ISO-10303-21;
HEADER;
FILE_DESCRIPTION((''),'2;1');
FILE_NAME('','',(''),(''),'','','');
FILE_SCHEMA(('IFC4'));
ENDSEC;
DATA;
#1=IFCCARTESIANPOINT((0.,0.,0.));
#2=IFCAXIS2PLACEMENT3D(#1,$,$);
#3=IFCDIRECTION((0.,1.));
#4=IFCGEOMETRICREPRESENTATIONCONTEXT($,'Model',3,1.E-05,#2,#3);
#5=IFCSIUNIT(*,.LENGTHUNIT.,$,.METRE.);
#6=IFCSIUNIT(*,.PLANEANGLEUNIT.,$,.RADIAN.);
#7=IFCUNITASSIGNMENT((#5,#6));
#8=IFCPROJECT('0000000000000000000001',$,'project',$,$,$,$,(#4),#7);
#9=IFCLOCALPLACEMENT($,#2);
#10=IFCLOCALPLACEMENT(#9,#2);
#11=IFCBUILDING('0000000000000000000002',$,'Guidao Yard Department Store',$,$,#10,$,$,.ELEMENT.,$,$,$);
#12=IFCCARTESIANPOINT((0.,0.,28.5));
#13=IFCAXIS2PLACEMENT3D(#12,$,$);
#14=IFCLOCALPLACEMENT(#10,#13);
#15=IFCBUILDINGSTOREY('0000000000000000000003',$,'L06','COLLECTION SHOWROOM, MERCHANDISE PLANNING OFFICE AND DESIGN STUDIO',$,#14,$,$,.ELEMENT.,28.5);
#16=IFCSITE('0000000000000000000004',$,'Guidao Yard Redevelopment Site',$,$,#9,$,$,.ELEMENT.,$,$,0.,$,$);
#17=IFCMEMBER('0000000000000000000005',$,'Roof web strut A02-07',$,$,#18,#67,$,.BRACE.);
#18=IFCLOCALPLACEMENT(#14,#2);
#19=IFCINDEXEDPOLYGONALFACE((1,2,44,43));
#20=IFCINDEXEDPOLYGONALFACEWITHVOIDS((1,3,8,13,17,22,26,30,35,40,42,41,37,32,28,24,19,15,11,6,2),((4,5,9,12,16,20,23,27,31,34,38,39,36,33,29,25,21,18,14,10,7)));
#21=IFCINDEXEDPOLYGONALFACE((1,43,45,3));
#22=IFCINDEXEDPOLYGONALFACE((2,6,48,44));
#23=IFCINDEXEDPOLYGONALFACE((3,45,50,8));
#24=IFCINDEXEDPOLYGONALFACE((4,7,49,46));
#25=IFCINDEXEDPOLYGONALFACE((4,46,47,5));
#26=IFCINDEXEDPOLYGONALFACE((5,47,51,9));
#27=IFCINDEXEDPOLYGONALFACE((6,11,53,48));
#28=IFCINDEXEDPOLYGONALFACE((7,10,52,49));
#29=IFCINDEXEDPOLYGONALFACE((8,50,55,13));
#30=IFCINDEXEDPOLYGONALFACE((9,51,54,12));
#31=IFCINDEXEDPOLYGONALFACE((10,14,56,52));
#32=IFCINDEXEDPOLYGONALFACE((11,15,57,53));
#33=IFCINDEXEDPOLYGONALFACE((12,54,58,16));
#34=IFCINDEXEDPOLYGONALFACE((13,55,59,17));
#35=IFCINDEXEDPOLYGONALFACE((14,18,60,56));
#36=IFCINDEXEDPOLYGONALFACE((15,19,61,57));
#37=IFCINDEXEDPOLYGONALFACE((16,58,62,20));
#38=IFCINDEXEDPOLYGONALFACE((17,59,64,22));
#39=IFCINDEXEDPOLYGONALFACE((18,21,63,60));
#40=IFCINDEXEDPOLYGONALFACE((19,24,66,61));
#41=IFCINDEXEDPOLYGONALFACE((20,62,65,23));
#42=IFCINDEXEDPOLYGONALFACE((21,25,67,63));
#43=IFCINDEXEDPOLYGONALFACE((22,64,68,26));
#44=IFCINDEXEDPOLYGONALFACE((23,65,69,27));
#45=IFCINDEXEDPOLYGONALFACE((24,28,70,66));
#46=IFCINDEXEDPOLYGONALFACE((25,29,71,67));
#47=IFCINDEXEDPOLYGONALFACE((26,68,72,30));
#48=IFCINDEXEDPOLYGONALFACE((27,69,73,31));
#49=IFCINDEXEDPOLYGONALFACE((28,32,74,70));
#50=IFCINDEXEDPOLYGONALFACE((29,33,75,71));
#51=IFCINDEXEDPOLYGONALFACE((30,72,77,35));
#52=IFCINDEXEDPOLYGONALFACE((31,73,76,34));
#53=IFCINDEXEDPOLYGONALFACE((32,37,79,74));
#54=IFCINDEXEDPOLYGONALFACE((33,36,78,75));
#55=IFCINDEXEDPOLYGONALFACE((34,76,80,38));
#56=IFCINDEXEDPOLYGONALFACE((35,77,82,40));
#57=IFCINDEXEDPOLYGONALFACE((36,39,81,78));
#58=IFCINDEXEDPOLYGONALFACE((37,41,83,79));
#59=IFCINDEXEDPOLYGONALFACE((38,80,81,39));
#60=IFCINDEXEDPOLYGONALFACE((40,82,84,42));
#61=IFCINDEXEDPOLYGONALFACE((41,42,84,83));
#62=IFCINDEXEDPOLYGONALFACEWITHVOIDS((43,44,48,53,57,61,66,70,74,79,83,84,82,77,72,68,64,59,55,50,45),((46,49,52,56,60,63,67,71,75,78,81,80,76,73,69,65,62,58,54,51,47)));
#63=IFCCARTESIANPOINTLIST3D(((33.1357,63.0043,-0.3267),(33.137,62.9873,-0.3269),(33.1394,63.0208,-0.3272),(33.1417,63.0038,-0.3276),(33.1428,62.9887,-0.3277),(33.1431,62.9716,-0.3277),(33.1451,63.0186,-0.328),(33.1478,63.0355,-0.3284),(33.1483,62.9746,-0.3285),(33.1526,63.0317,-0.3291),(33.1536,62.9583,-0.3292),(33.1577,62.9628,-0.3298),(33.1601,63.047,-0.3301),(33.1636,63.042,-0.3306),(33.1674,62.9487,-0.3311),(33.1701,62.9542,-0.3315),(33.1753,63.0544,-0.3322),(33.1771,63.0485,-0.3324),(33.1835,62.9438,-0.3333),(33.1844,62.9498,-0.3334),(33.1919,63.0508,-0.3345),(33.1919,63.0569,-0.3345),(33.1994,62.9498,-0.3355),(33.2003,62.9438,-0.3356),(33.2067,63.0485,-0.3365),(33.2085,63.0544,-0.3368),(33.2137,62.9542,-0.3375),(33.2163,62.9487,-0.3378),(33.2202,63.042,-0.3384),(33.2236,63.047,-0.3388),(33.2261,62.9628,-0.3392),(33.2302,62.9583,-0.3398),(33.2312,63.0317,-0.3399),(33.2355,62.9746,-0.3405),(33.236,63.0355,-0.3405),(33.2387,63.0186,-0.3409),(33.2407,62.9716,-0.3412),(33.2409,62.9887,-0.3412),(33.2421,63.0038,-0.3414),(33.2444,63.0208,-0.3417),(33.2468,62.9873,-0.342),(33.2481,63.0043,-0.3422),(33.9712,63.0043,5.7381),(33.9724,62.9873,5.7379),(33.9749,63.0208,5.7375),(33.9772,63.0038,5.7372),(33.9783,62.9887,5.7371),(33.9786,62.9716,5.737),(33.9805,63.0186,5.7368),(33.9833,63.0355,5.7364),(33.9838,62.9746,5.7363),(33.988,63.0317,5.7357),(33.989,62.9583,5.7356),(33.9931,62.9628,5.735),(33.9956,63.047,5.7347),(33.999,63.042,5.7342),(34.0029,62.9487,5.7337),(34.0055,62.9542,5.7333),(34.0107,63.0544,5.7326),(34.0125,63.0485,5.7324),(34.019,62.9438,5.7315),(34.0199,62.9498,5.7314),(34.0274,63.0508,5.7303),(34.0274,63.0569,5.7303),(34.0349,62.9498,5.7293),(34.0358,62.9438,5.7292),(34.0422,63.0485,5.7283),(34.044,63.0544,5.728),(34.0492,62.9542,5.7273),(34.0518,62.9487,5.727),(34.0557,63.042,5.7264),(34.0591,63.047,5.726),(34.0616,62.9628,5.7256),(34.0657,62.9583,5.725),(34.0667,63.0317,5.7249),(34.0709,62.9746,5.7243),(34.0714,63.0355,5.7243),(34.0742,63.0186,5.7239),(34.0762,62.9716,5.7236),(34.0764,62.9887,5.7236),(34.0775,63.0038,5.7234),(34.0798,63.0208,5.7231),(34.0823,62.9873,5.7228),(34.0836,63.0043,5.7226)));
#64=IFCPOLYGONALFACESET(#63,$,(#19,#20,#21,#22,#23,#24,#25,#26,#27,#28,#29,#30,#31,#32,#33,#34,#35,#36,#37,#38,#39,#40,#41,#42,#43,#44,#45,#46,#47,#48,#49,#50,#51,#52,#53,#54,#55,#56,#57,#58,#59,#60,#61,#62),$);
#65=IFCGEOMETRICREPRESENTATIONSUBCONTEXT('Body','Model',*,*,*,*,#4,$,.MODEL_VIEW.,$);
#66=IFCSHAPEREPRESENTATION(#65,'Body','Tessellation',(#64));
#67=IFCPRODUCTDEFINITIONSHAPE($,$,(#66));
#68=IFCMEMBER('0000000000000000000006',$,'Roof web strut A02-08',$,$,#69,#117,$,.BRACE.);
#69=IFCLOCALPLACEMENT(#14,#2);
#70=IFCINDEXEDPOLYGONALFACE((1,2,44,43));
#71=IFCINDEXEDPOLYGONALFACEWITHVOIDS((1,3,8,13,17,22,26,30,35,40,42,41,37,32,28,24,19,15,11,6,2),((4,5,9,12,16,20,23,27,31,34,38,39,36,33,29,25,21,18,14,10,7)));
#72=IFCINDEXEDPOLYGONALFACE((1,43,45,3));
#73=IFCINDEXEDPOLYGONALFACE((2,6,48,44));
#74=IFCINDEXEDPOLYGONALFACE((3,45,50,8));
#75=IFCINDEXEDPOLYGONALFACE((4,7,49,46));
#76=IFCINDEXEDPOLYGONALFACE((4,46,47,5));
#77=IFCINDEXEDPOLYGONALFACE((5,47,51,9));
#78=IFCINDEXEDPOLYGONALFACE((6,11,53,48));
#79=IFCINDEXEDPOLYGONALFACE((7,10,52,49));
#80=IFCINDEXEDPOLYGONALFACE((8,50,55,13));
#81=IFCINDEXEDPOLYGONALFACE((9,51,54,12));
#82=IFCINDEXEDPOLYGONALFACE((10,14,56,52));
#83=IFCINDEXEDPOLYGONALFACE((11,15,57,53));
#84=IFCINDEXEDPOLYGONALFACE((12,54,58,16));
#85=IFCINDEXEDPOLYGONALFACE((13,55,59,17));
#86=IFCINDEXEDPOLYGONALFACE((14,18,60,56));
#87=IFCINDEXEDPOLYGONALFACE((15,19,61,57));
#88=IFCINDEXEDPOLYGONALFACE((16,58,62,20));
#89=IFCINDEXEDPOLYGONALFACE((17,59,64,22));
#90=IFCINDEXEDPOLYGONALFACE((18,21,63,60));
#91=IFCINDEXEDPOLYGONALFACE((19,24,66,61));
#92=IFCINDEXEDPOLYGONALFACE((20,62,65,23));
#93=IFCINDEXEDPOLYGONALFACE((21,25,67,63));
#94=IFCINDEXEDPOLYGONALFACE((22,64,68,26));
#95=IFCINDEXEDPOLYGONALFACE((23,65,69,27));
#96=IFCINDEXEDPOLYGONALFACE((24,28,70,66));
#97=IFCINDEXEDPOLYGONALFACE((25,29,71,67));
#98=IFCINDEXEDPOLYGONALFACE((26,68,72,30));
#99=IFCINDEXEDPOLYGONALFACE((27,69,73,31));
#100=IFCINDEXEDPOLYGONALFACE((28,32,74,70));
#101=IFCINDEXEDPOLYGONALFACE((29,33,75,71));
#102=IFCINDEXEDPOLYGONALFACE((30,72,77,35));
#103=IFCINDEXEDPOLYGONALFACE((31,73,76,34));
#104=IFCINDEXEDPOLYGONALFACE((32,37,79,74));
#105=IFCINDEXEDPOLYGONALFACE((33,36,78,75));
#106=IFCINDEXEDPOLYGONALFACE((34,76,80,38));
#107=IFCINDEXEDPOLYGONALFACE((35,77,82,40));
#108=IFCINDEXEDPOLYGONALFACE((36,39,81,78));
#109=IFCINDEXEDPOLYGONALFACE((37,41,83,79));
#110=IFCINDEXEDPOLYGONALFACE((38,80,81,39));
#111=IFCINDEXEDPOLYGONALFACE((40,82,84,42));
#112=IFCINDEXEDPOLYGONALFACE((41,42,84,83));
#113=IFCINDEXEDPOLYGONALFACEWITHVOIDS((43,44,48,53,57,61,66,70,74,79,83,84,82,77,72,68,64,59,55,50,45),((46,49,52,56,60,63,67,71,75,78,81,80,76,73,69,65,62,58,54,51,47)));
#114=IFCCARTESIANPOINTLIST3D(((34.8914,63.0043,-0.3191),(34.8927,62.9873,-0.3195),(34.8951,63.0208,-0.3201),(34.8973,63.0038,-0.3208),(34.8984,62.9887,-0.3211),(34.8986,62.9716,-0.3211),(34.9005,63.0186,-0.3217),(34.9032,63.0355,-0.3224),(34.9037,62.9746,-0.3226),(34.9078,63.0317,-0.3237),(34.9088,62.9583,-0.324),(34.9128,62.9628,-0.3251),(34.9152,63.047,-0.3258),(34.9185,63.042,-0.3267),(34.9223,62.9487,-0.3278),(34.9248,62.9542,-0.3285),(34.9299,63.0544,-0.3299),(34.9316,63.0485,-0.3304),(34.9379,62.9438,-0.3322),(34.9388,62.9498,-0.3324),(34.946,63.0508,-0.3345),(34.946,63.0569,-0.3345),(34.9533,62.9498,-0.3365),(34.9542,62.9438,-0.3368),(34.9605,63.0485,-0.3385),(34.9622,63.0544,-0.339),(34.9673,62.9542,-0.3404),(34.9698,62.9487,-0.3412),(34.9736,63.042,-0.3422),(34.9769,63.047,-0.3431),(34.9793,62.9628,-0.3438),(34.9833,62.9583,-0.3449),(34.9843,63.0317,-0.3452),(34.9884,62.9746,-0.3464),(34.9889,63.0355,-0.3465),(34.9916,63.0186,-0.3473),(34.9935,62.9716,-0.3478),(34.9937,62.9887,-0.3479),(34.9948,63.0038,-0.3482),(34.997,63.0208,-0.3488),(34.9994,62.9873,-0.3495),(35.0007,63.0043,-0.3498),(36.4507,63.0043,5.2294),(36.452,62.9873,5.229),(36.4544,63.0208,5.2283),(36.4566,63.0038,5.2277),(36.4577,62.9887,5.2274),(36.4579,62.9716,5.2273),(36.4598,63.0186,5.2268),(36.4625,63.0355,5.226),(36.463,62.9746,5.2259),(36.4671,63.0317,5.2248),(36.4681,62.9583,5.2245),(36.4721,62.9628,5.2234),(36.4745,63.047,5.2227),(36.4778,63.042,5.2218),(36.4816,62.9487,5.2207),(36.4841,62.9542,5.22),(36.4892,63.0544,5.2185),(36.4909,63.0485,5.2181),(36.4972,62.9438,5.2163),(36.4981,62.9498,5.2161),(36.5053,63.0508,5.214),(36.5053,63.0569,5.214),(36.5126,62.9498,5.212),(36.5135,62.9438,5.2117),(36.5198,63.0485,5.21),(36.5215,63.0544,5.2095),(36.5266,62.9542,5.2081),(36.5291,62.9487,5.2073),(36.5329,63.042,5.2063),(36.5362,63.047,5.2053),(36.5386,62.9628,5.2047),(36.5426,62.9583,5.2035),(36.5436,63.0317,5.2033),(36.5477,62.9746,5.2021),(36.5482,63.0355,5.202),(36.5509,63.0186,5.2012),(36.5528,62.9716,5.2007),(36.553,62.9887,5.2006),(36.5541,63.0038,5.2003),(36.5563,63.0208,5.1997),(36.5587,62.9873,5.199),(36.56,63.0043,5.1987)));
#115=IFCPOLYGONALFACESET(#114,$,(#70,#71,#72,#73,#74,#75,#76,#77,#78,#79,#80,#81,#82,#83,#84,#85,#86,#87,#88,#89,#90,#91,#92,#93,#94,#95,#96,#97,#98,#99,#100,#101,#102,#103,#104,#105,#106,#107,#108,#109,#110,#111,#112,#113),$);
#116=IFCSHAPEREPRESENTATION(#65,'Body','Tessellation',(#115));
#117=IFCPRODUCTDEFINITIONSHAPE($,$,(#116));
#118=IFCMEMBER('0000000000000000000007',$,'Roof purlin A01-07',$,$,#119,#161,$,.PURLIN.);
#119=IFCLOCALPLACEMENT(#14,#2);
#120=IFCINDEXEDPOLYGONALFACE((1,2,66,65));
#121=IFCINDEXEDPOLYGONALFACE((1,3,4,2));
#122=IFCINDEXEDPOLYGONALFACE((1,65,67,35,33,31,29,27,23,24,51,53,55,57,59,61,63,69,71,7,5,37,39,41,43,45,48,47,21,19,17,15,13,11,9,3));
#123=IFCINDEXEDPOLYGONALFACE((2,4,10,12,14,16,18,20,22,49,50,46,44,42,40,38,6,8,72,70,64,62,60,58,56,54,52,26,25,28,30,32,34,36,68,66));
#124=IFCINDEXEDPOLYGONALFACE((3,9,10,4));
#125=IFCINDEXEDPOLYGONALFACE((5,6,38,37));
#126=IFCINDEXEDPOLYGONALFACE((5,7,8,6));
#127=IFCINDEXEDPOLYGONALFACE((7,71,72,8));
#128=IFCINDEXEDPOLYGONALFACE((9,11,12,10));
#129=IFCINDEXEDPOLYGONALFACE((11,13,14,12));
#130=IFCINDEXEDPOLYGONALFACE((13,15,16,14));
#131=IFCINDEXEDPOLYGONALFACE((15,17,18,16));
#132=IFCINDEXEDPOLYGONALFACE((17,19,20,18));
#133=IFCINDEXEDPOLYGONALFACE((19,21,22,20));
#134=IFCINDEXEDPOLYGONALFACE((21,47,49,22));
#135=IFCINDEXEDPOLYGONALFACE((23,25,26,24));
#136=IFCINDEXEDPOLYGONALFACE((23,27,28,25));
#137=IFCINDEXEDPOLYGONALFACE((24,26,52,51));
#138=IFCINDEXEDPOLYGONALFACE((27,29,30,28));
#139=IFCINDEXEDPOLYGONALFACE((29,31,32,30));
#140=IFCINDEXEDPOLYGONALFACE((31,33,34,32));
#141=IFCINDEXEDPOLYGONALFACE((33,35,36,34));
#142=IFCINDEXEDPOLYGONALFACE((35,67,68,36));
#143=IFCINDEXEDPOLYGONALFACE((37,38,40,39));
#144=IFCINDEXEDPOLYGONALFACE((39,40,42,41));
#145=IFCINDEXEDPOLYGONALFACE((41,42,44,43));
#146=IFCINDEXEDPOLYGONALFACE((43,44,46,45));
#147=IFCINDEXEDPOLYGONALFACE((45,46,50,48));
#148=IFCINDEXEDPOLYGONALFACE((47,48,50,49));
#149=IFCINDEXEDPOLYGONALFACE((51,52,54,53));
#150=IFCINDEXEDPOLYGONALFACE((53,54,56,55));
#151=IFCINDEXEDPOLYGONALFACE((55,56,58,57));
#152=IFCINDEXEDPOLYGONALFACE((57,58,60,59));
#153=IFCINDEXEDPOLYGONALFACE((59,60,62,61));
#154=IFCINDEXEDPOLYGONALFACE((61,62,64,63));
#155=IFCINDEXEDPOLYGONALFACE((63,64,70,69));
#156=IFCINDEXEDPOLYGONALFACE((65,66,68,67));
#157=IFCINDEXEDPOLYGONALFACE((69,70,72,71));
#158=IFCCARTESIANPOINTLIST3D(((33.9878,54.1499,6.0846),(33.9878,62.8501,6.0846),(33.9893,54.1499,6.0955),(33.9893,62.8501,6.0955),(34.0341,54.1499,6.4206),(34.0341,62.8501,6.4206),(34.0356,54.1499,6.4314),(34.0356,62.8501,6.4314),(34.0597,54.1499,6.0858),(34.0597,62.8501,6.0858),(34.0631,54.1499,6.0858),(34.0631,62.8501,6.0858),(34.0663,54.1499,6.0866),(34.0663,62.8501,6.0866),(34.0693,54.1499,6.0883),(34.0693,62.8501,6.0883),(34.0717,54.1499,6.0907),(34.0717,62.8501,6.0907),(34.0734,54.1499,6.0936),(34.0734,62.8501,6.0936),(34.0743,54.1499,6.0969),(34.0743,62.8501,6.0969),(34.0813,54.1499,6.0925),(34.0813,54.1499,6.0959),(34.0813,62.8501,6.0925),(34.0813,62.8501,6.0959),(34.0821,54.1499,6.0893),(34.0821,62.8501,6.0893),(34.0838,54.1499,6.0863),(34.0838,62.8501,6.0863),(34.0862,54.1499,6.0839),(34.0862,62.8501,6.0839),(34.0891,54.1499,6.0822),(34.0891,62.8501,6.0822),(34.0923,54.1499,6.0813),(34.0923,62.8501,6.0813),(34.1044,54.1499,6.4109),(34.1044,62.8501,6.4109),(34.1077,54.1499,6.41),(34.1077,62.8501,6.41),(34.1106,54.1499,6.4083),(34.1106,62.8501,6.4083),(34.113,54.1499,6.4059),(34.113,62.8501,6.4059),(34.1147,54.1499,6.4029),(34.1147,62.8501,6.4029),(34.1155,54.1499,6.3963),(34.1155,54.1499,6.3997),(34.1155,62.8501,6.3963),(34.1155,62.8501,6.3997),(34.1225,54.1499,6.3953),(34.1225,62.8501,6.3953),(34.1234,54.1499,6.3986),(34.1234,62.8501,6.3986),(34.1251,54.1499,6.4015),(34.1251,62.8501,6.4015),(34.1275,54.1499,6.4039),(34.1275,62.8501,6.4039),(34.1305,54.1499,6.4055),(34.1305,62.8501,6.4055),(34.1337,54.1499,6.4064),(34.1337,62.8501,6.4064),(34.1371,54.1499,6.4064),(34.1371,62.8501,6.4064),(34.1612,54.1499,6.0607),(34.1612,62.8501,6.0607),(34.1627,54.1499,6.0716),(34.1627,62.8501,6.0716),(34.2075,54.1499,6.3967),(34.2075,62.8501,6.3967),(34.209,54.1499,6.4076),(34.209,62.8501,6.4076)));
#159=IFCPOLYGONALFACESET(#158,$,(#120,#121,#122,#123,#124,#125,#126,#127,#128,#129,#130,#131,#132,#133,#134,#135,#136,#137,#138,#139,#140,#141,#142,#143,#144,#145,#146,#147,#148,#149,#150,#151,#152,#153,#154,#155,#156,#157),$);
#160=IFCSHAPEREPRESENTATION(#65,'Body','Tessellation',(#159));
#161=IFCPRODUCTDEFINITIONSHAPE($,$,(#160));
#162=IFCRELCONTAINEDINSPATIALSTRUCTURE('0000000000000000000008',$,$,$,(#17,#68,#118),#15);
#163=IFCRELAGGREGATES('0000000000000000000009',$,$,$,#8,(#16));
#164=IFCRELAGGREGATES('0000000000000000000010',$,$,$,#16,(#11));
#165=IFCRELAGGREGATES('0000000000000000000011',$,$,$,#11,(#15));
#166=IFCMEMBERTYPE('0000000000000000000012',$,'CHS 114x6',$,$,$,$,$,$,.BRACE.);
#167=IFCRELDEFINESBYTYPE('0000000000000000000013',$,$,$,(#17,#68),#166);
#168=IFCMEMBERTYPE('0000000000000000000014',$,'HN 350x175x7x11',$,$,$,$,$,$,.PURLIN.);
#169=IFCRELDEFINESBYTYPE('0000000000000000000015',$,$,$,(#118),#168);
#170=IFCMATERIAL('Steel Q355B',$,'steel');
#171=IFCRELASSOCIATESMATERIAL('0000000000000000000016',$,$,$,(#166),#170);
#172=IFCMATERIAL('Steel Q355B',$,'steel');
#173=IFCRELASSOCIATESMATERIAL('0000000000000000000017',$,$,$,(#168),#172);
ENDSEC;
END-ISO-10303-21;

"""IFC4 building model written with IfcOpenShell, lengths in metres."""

from ifc_helpers import new_model, si_unit, direction, frame, origin, origin_2d, place, context, subcontext, project, spatial, hollow_circle, i_section, extrude, material, material_profile, profile_set, type_object, element, save


model = new_model("IFC4")

# Units and contexts
model_context = context("Model", 3, precision=1e-05, world=origin(), true_north=direction((0.0, 1.0)))
body_context = subcontext(model_context, "Body", "Model", "MODEL_VIEW")
ifc_project = project(units=[si_unit("LENGTHUNIT", "METRE"), si_unit("PLANEANGLEUNIT", "RADIAN")], contexts=[model_context])

# Site, building, storey
site_placement = place(None, origin())
site = spatial("IfcSite", under=ifc_project, at=site_placement, Name="Guidao Yard Redevelopment Site", CompositionType="ELEMENT", RefElevation=0.0)
building_placement = place(site_placement, origin())
building = spatial("IfcBuilding", under=site, at=building_placement, Name="Guidao Yard Department Store", CompositionType="ELEMENT")
storey_placement = place(building_placement, frame((0.0, 0.0, 28.5)))
storey = spatial("IfcBuildingStorey", under=building, at=storey_placement, Name="L06", Description="COLLECTION SHOWROOM, MERCHANDISE PLANNING OFFICE AND DESIGN STUDIO", CompositionType="ELEMENT", Elevation=28.5)

# Members
ifc_material_1 = material(Name="Steel Q355B", Category="steel")
ifc_material_profile_1 = material_profile(ifc_material_1, hollow_circle(Radius=0.0569, WallThickness=0.0061, at=origin_2d()), Name="CHS 114x6")
ifc_profile_set_1 = profile_set([ifc_material_profile_1], Name="Steel Q355B")
member_type_1 = type_object("IfcMemberType", Name="CHS 114x6", PredefinedType="BRACE", material=ifc_profile_set_1)
member_1_placement = place(storey_placement, frame((33.1919, 63.0, -0.3345), z_axis=(0.136467, 0.0, 0.990645), x_axis=(0.0, 1.0, 0.0)))
element("IfcMember", 1, at=member_1_placement, inside=storey, type_object=member_type_1, Name="Roof web strut A02-07", PredefinedType="BRACE", context=body_context, shape_type="SweptSolid", body=[
    extrude(hollow_circle(Radius=0.0569, WallThickness=0.0061, at=origin_2d()), origin(), (0.0, 0.0, 1.0), 6.1221),
])
member_2_placement = place(storey_placement, frame((34.946, 63.0, -0.3345), z_axis=(0.270551, 0.0, 0.962706), x_axis=(0.0, 1.0, 0.0)))
element("IfcMember", 2, at=member_2_placement, inside=storey, type_object=member_type_1, Name="Roof web strut A02-08", PredefinedType="BRACE", context=body_context, shape_type="SweptSolid", body=[
    extrude(hollow_circle(Radius=0.0569, WallThickness=0.0061, at=origin_2d()), origin(), (0.0, 0.0, 1.0), 5.7634),
])
ifc_material_2 = material(Name="Steel Q355B", Category="steel")
ifc_material_profile_2 = material_profile(ifc_material_2, i_section(OverallWidth=0.175, OverallDepth=0.3501, WebThickness=0.0071, FlangeThickness=0.011, FilletRadius=0.0129, at=origin_2d()), Name="HN 350x175x7x11")
ifc_profile_set_2 = profile_set([ifc_material_profile_2], Name="Steel Q355B")
member_type_2 = type_object("IfcMemberType", Name="HN 350x175x7x11", PredefinedType="PURLIN", material=ifc_profile_set_2)
for number, where, z_axis, x_axis, name in (
    (3, (34.0984, 54.1499, 6.2461), (0.0, 1.0, 0.0), (-0.990647, 0.0, 0.136449), "Roof purlin A01-07"),
):
    element("IfcMember", number, at=place(storey_placement, frame(where, z_axis=z_axis, x_axis=x_axis)), inside=storey, type_object=member_type_2, Name=name, PredefinedType="PURLIN", context=body_context, shape_type="SweptSolid", body=[
        extrude(i_section(OverallWidth=0.175, OverallDepth=0.3501, WebThickness=0.0071, FlangeThickness=0.011, FilletRadius=0.0129, at=origin_2d()), origin(), (0.0, 0.0, 1.0), 8.7002),
    ])

save(model, "model.ifc")
